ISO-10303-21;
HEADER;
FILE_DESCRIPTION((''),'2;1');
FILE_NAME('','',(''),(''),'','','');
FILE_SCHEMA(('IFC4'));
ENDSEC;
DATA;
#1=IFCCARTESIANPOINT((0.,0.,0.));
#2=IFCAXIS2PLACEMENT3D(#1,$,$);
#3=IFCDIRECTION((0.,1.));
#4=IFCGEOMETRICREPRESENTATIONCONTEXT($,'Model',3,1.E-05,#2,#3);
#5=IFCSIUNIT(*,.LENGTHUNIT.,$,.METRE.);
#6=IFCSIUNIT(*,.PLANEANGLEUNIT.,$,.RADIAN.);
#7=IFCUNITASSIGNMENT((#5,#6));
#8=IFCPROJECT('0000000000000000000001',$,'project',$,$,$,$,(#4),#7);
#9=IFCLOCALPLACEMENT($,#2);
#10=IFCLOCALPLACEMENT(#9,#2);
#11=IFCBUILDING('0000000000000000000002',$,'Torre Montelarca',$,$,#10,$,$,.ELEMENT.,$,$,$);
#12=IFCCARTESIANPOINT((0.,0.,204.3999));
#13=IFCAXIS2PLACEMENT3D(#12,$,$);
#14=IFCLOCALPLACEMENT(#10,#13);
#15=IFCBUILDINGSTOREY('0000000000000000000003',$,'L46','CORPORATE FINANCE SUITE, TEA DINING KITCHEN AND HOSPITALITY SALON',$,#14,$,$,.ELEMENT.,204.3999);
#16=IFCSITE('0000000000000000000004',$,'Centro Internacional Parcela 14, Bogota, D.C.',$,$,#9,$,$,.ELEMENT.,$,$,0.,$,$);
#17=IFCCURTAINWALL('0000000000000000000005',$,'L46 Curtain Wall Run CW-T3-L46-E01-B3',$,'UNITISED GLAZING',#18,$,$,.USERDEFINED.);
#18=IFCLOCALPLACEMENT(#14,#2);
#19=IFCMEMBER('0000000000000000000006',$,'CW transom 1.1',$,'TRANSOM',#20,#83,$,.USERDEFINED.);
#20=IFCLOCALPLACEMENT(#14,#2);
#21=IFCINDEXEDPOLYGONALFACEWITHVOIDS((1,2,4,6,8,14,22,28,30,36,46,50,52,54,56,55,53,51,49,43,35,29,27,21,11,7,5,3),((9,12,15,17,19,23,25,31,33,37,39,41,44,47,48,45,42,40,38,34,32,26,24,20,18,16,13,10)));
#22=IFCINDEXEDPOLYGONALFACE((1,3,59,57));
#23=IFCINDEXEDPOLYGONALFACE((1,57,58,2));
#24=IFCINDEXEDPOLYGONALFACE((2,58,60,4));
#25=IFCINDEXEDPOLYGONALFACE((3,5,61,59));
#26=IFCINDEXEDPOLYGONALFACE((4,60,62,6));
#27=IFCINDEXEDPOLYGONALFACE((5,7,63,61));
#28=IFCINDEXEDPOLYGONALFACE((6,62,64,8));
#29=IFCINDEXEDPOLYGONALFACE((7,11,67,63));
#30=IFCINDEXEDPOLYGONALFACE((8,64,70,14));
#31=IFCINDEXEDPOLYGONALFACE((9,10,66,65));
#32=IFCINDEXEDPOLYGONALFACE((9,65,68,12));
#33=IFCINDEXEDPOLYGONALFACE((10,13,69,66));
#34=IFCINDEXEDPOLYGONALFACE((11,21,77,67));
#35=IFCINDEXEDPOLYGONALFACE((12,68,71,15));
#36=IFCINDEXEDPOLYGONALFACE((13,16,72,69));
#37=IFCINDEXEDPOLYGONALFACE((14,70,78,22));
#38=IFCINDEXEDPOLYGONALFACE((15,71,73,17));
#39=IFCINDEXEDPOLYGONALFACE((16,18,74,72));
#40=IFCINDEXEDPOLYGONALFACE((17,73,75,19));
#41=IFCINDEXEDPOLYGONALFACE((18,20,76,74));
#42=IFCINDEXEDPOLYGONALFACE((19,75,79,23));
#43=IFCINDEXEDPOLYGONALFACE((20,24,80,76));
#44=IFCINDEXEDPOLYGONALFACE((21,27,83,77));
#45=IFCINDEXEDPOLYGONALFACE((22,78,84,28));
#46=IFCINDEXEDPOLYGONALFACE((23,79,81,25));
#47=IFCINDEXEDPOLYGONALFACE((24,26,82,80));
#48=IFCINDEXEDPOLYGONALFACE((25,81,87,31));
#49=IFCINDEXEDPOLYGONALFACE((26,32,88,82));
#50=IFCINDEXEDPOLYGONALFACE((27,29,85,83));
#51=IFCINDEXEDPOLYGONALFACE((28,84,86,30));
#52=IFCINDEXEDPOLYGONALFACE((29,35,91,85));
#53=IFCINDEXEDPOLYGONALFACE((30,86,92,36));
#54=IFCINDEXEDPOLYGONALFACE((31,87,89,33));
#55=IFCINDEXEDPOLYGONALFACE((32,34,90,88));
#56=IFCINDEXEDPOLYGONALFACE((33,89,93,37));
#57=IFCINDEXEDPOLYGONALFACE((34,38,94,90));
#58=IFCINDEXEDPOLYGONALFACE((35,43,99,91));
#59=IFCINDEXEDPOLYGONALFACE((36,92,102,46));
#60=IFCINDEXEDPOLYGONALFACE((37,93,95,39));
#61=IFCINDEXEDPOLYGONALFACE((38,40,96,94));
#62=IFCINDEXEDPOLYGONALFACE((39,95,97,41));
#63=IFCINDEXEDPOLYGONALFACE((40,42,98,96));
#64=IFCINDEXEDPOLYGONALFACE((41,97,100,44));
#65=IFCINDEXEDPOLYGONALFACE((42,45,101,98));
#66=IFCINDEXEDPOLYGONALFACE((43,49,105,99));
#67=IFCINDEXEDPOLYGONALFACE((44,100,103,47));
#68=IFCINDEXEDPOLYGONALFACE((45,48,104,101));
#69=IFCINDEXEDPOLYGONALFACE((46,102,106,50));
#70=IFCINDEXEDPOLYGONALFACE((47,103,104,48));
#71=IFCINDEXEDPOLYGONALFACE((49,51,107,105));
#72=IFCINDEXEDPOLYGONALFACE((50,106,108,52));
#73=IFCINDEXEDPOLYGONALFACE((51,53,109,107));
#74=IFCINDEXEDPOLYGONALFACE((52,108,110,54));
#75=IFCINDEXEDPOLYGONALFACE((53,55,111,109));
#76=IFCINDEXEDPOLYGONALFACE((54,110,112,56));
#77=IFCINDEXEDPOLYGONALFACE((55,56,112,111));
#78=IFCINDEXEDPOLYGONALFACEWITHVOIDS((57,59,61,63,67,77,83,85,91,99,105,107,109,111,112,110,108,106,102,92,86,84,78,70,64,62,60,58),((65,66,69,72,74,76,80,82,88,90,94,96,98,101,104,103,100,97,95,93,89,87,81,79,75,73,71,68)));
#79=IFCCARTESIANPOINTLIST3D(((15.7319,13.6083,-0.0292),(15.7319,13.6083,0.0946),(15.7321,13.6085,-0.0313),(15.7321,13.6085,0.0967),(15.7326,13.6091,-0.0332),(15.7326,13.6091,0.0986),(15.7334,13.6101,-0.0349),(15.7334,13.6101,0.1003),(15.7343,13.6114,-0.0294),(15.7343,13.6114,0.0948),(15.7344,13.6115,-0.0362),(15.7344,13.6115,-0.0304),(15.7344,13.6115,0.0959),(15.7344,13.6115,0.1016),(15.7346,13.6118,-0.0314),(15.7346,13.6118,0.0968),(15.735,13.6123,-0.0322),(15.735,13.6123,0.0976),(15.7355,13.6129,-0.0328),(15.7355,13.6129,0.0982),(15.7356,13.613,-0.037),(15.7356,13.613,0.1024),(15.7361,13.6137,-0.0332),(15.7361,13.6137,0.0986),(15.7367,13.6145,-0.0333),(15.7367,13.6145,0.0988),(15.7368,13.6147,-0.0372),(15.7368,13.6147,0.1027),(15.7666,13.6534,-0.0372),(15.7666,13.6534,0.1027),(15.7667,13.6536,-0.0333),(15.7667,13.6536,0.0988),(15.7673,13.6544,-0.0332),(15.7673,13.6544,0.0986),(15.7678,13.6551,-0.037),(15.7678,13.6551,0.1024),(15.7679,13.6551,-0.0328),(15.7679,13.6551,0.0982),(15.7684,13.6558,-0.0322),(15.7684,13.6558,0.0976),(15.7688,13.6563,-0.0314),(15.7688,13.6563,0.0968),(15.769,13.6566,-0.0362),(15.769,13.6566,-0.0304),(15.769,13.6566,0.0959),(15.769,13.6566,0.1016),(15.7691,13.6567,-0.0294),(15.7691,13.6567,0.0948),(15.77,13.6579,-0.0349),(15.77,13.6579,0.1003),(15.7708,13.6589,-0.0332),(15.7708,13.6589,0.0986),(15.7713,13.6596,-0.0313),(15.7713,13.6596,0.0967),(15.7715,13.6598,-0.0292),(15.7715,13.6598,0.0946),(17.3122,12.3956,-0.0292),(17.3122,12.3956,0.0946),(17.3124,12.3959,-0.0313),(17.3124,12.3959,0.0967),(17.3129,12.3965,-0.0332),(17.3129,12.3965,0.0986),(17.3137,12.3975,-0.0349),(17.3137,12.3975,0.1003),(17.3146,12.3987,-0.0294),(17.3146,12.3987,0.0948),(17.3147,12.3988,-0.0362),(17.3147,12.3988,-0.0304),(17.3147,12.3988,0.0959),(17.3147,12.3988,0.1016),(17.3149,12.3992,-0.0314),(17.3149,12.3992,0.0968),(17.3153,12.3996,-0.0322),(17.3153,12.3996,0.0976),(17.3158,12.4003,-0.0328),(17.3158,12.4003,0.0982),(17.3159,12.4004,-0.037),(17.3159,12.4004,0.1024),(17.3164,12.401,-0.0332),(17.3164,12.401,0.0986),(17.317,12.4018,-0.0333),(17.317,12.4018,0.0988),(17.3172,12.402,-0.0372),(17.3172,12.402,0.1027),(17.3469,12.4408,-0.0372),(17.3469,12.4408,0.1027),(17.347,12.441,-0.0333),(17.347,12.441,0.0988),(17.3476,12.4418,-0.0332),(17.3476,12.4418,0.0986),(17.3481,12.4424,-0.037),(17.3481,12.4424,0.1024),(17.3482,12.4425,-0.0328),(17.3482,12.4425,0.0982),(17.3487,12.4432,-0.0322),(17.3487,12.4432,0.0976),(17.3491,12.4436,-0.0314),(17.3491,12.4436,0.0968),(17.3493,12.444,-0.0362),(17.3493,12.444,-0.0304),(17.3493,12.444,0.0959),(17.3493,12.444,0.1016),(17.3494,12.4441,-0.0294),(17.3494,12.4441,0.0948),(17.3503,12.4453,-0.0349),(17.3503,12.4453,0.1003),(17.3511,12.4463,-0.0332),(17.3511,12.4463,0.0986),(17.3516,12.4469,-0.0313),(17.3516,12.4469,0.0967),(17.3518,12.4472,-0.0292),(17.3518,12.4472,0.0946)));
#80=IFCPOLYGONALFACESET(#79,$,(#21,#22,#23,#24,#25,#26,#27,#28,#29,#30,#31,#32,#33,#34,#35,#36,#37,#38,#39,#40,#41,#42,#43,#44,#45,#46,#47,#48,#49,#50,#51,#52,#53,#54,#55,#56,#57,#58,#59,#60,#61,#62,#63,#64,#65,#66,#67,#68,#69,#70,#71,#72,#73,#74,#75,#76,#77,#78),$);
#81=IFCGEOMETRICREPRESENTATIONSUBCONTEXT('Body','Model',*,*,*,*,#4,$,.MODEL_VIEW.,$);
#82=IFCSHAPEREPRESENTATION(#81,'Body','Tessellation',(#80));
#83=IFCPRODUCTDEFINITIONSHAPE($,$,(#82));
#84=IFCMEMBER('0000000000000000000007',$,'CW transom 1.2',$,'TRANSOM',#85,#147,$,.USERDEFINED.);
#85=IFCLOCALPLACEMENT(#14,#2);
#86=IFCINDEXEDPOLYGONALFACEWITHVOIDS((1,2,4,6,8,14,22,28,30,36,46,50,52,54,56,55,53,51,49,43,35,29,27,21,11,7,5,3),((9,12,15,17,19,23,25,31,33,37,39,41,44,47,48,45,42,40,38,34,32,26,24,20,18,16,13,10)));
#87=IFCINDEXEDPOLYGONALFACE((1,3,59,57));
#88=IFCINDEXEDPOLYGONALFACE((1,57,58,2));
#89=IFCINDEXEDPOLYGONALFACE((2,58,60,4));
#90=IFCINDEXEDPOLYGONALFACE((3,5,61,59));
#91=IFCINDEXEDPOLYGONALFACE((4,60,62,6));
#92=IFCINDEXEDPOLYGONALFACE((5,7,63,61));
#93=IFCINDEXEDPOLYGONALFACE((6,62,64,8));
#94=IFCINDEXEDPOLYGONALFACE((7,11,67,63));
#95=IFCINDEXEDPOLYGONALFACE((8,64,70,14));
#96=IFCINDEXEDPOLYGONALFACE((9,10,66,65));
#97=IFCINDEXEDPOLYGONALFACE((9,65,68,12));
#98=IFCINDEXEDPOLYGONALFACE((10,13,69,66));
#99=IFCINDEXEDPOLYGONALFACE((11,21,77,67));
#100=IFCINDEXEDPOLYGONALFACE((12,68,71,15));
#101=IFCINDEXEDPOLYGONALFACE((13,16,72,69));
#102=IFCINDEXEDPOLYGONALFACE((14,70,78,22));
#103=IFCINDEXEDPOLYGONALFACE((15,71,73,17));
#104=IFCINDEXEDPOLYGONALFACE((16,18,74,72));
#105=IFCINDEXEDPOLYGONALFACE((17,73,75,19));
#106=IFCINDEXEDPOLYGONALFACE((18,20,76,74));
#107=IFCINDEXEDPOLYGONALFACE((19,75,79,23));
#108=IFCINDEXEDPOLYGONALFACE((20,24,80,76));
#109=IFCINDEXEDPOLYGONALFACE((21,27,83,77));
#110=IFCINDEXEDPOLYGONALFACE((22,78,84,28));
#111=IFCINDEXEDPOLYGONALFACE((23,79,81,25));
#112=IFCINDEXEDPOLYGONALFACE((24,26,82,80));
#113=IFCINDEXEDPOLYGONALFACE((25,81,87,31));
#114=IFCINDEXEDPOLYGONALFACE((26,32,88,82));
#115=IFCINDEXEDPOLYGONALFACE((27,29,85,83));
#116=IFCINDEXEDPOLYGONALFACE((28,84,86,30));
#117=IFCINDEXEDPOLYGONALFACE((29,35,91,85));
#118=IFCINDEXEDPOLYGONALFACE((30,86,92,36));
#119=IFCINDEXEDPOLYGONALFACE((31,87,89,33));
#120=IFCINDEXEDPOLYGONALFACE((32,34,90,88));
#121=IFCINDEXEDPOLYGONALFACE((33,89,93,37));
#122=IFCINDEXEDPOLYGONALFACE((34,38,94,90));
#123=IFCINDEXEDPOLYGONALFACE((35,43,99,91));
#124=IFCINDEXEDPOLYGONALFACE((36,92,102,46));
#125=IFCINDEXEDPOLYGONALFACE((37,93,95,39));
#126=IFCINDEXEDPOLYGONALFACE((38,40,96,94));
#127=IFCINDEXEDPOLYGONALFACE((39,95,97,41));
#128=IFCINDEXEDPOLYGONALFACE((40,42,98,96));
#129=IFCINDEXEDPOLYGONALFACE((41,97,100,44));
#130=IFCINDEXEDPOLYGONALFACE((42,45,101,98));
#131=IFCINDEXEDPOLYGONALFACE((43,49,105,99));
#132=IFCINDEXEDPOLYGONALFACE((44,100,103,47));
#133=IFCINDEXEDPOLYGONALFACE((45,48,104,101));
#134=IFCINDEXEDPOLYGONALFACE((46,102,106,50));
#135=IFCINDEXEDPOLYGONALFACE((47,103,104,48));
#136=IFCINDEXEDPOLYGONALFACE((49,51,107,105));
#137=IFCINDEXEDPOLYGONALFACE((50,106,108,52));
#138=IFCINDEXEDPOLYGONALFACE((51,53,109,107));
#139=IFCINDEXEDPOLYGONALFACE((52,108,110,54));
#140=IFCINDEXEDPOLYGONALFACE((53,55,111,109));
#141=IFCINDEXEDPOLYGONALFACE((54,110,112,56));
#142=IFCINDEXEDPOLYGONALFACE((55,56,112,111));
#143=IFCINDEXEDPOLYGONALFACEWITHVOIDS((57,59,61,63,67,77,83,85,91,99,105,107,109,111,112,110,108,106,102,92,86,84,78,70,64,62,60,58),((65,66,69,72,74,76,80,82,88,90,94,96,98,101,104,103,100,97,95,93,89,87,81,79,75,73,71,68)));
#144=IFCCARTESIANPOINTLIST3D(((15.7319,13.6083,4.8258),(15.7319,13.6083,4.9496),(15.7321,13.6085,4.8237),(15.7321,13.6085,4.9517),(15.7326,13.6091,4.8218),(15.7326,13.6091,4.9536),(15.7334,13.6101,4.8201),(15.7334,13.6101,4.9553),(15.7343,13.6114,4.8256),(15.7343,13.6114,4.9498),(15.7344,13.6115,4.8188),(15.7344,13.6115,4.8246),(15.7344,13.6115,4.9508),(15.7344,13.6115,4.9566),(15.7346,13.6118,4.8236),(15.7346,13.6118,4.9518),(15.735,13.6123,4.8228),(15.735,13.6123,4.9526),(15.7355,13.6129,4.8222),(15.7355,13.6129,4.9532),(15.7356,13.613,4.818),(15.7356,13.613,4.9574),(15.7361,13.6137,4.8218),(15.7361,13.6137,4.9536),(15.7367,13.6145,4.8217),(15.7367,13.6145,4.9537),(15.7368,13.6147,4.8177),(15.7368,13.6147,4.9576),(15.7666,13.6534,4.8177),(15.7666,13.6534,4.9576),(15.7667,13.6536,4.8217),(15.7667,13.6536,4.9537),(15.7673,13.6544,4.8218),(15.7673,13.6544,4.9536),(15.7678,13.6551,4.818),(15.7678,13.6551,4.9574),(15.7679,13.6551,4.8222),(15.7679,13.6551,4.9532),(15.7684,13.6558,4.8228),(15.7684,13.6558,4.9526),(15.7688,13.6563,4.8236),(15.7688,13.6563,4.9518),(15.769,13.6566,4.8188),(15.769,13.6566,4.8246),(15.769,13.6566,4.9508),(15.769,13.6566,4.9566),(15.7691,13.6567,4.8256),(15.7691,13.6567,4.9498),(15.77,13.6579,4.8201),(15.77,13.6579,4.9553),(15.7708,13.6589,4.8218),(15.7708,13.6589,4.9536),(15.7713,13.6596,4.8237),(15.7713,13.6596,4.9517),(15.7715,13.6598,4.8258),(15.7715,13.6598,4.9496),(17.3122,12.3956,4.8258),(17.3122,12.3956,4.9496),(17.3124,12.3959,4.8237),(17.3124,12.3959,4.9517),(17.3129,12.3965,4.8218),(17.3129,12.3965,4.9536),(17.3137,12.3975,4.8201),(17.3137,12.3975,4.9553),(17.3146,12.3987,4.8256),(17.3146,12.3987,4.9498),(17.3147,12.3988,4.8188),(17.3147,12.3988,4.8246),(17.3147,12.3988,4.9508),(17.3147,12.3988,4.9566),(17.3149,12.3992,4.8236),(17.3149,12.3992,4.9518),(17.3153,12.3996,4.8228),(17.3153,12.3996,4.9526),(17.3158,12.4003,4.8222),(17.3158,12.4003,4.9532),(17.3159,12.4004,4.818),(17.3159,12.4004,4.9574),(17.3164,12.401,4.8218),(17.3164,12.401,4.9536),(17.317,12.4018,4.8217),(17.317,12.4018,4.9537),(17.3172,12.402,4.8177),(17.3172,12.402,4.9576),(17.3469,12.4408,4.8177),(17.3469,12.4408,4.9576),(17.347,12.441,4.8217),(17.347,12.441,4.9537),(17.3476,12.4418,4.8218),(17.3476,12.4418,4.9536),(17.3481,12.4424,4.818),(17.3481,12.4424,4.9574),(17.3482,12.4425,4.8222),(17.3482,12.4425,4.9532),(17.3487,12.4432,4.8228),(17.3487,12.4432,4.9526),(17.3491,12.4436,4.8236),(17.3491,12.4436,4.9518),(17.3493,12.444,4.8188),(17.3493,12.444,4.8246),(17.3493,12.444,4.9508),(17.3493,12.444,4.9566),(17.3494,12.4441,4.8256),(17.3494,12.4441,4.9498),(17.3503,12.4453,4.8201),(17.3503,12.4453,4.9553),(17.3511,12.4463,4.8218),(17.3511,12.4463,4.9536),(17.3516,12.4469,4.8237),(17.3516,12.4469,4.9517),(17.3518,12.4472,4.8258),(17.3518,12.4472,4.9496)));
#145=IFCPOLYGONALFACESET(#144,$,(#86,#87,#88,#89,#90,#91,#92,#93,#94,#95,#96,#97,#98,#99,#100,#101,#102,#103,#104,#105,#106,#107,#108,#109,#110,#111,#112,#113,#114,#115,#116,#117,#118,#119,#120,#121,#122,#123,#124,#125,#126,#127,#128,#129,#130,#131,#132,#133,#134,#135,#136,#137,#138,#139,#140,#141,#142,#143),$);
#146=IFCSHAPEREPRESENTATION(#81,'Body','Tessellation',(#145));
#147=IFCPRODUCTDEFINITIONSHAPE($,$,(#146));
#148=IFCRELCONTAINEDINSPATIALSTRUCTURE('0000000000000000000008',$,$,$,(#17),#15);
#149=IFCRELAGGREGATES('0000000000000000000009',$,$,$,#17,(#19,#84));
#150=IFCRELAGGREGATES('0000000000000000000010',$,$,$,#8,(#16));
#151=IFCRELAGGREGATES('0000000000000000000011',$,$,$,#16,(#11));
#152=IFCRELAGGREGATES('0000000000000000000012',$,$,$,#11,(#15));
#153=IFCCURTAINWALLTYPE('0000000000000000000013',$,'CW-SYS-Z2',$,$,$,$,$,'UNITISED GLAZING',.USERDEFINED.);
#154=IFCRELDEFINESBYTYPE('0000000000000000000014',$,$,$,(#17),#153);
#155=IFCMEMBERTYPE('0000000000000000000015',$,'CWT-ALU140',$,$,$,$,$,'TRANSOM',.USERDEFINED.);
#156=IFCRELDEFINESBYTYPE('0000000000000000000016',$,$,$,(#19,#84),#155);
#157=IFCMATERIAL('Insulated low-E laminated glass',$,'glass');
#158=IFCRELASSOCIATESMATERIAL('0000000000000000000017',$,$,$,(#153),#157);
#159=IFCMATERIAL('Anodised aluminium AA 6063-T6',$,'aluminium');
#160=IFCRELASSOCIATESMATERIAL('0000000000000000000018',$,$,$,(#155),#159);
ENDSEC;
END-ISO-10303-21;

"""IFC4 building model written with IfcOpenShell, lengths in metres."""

from ifc_helpers import new_model, si_unit, direction, frame, origin, origin_2d, place, context, subcontext, project, spatial, hollow_rectangle, extrude, source, transform, mapped, material, material_profile, profile_set, type_object, element, aggregate, save


model = new_model("IFC4")

# Units and contexts
model_context = context("Model", 3, precision=1e-05, world=origin(), true_north=direction((0.0, 1.0)))
body_context = subcontext(model_context, "Body", "Model", "MODEL_VIEW")
ifc_project = project(units=[si_unit("LENGTHUNIT", "METRE"), si_unit("PLANEANGLEUNIT", "RADIAN")], contexts=[model_context])

# Site, building, storey
site_placement = place(None, origin())
site = spatial("IfcSite", under=ifc_project, at=site_placement, Name="Centro Internacional Parcela 14, Bogota, D.C.", CompositionType="ELEMENT", RefElevation=0.0)
building_placement = place(site_placement, origin())
building = spatial("IfcBuilding", under=site, at=building_placement, Name="Torre Montelarca", CompositionType="ELEMENT")
storey_placement = place(building_placement, frame((0.0, 0.0, 204.3999)))
storey = spatial("IfcBuildingStorey", under=building, at=storey_placement, Name="L46", Description="CORPORATE FINANCE SUITE, TEA DINING KITCHEN AND HOSPITALITY SALON", CompositionType="ELEMENT", Elevation=204.3999)

# Shared definitions
ifc_material_1 = material(Name="Insulated low-E laminated glass", Category="glass")
curtain_wall_type = type_object("IfcCurtainWallType", Name="CW-SYS-Z2", ElementType="UNITISED GLAZING", PredefinedType="USERDEFINED", material=ifc_material_1)
ifc_material_2 = material(Name="Anodised aluminium AA 6063-T6", Category="aluminium")
ifc_material_profile_1 = material_profile(ifc_material_2, hollow_rectangle(XDim=0.0649, YDim=0.1399, WallThickness=0.0039, InnerFilletRadius=0.0039, OuterFilletRadius=0.0081, at=origin_2d()), Name="ALU65X140X4", Category="aluminium")
ifc_profile_set_1 = profile_set([ifc_material_profile_1], Name="Anodised aluminium AA 6063-T6")
member_type_1 = type_object("IfcMemberType", Name="CWT-ALU140", ElementType="TRANSOM", PredefinedType="USERDEFINED", material=ifc_profile_set_1)

# Curtain wall
curtain_wall_1_placement = place(storey_placement, origin())
curtain_wall_1 = element("IfcCurtainWall", 1, at=curtain_wall_1_placement, inside=storey, type_object=curtain_wall_type, Name="L46 Curtain Wall Run CW-T3-L46-E01-B3", ObjectType="UNITISED GLAZING", PredefinedType="USERDEFINED")

# Members
shared_shape_1 = source(origin(), body_context, "Body", "SweptSolid", [
    extrude(hollow_rectangle(XDim=0.0649, YDim=0.1399, WallThickness=0.0039, InnerFilletRadius=0.0039, OuterFilletRadius=0.0081, at=origin_2d()), origin(), (0.0, 0.0, 1.0), 1.9919),
])
member_1_placement = place(storey_placement, frame((15.7517, 13.634, 0.0327), z_axis=(0.793348, -0.608769, 0.0), x_axis=(0.608769, 0.793348, 0.0)))
member_1 = element("IfcMember", 2, at=member_1_placement, type_object=member_type_1, Name="CW transom 1.1", ObjectType="TRANSOM", PredefinedType="USERDEFINED", context=body_context, shape_type="MappedRepresentation", body=[
    mapped(shared_shape_1, transform((0.0, 0.0, 0.0), scale=1.0)),
])
member_2_placement = place(storey_placement, frame((15.7517, 13.634, 4.8877), z_axis=(0.793348, -0.608769, 0.0), x_axis=(0.608769, 0.793348, 0.0)))
member_2 = element("IfcMember", 3, at=member_2_placement, type_object=member_type_1, Name="CW transom 1.2", ObjectType="TRANSOM", PredefinedType="USERDEFINED", context=body_context, shape_type="MappedRepresentation", body=[
    mapped(shared_shape_1, transform((0.0, 0.0, 0.0), scale=1.0)),
])

aggregate(curtain_wall_1, [member_1, member_2])

save(model, "model.ifc")
